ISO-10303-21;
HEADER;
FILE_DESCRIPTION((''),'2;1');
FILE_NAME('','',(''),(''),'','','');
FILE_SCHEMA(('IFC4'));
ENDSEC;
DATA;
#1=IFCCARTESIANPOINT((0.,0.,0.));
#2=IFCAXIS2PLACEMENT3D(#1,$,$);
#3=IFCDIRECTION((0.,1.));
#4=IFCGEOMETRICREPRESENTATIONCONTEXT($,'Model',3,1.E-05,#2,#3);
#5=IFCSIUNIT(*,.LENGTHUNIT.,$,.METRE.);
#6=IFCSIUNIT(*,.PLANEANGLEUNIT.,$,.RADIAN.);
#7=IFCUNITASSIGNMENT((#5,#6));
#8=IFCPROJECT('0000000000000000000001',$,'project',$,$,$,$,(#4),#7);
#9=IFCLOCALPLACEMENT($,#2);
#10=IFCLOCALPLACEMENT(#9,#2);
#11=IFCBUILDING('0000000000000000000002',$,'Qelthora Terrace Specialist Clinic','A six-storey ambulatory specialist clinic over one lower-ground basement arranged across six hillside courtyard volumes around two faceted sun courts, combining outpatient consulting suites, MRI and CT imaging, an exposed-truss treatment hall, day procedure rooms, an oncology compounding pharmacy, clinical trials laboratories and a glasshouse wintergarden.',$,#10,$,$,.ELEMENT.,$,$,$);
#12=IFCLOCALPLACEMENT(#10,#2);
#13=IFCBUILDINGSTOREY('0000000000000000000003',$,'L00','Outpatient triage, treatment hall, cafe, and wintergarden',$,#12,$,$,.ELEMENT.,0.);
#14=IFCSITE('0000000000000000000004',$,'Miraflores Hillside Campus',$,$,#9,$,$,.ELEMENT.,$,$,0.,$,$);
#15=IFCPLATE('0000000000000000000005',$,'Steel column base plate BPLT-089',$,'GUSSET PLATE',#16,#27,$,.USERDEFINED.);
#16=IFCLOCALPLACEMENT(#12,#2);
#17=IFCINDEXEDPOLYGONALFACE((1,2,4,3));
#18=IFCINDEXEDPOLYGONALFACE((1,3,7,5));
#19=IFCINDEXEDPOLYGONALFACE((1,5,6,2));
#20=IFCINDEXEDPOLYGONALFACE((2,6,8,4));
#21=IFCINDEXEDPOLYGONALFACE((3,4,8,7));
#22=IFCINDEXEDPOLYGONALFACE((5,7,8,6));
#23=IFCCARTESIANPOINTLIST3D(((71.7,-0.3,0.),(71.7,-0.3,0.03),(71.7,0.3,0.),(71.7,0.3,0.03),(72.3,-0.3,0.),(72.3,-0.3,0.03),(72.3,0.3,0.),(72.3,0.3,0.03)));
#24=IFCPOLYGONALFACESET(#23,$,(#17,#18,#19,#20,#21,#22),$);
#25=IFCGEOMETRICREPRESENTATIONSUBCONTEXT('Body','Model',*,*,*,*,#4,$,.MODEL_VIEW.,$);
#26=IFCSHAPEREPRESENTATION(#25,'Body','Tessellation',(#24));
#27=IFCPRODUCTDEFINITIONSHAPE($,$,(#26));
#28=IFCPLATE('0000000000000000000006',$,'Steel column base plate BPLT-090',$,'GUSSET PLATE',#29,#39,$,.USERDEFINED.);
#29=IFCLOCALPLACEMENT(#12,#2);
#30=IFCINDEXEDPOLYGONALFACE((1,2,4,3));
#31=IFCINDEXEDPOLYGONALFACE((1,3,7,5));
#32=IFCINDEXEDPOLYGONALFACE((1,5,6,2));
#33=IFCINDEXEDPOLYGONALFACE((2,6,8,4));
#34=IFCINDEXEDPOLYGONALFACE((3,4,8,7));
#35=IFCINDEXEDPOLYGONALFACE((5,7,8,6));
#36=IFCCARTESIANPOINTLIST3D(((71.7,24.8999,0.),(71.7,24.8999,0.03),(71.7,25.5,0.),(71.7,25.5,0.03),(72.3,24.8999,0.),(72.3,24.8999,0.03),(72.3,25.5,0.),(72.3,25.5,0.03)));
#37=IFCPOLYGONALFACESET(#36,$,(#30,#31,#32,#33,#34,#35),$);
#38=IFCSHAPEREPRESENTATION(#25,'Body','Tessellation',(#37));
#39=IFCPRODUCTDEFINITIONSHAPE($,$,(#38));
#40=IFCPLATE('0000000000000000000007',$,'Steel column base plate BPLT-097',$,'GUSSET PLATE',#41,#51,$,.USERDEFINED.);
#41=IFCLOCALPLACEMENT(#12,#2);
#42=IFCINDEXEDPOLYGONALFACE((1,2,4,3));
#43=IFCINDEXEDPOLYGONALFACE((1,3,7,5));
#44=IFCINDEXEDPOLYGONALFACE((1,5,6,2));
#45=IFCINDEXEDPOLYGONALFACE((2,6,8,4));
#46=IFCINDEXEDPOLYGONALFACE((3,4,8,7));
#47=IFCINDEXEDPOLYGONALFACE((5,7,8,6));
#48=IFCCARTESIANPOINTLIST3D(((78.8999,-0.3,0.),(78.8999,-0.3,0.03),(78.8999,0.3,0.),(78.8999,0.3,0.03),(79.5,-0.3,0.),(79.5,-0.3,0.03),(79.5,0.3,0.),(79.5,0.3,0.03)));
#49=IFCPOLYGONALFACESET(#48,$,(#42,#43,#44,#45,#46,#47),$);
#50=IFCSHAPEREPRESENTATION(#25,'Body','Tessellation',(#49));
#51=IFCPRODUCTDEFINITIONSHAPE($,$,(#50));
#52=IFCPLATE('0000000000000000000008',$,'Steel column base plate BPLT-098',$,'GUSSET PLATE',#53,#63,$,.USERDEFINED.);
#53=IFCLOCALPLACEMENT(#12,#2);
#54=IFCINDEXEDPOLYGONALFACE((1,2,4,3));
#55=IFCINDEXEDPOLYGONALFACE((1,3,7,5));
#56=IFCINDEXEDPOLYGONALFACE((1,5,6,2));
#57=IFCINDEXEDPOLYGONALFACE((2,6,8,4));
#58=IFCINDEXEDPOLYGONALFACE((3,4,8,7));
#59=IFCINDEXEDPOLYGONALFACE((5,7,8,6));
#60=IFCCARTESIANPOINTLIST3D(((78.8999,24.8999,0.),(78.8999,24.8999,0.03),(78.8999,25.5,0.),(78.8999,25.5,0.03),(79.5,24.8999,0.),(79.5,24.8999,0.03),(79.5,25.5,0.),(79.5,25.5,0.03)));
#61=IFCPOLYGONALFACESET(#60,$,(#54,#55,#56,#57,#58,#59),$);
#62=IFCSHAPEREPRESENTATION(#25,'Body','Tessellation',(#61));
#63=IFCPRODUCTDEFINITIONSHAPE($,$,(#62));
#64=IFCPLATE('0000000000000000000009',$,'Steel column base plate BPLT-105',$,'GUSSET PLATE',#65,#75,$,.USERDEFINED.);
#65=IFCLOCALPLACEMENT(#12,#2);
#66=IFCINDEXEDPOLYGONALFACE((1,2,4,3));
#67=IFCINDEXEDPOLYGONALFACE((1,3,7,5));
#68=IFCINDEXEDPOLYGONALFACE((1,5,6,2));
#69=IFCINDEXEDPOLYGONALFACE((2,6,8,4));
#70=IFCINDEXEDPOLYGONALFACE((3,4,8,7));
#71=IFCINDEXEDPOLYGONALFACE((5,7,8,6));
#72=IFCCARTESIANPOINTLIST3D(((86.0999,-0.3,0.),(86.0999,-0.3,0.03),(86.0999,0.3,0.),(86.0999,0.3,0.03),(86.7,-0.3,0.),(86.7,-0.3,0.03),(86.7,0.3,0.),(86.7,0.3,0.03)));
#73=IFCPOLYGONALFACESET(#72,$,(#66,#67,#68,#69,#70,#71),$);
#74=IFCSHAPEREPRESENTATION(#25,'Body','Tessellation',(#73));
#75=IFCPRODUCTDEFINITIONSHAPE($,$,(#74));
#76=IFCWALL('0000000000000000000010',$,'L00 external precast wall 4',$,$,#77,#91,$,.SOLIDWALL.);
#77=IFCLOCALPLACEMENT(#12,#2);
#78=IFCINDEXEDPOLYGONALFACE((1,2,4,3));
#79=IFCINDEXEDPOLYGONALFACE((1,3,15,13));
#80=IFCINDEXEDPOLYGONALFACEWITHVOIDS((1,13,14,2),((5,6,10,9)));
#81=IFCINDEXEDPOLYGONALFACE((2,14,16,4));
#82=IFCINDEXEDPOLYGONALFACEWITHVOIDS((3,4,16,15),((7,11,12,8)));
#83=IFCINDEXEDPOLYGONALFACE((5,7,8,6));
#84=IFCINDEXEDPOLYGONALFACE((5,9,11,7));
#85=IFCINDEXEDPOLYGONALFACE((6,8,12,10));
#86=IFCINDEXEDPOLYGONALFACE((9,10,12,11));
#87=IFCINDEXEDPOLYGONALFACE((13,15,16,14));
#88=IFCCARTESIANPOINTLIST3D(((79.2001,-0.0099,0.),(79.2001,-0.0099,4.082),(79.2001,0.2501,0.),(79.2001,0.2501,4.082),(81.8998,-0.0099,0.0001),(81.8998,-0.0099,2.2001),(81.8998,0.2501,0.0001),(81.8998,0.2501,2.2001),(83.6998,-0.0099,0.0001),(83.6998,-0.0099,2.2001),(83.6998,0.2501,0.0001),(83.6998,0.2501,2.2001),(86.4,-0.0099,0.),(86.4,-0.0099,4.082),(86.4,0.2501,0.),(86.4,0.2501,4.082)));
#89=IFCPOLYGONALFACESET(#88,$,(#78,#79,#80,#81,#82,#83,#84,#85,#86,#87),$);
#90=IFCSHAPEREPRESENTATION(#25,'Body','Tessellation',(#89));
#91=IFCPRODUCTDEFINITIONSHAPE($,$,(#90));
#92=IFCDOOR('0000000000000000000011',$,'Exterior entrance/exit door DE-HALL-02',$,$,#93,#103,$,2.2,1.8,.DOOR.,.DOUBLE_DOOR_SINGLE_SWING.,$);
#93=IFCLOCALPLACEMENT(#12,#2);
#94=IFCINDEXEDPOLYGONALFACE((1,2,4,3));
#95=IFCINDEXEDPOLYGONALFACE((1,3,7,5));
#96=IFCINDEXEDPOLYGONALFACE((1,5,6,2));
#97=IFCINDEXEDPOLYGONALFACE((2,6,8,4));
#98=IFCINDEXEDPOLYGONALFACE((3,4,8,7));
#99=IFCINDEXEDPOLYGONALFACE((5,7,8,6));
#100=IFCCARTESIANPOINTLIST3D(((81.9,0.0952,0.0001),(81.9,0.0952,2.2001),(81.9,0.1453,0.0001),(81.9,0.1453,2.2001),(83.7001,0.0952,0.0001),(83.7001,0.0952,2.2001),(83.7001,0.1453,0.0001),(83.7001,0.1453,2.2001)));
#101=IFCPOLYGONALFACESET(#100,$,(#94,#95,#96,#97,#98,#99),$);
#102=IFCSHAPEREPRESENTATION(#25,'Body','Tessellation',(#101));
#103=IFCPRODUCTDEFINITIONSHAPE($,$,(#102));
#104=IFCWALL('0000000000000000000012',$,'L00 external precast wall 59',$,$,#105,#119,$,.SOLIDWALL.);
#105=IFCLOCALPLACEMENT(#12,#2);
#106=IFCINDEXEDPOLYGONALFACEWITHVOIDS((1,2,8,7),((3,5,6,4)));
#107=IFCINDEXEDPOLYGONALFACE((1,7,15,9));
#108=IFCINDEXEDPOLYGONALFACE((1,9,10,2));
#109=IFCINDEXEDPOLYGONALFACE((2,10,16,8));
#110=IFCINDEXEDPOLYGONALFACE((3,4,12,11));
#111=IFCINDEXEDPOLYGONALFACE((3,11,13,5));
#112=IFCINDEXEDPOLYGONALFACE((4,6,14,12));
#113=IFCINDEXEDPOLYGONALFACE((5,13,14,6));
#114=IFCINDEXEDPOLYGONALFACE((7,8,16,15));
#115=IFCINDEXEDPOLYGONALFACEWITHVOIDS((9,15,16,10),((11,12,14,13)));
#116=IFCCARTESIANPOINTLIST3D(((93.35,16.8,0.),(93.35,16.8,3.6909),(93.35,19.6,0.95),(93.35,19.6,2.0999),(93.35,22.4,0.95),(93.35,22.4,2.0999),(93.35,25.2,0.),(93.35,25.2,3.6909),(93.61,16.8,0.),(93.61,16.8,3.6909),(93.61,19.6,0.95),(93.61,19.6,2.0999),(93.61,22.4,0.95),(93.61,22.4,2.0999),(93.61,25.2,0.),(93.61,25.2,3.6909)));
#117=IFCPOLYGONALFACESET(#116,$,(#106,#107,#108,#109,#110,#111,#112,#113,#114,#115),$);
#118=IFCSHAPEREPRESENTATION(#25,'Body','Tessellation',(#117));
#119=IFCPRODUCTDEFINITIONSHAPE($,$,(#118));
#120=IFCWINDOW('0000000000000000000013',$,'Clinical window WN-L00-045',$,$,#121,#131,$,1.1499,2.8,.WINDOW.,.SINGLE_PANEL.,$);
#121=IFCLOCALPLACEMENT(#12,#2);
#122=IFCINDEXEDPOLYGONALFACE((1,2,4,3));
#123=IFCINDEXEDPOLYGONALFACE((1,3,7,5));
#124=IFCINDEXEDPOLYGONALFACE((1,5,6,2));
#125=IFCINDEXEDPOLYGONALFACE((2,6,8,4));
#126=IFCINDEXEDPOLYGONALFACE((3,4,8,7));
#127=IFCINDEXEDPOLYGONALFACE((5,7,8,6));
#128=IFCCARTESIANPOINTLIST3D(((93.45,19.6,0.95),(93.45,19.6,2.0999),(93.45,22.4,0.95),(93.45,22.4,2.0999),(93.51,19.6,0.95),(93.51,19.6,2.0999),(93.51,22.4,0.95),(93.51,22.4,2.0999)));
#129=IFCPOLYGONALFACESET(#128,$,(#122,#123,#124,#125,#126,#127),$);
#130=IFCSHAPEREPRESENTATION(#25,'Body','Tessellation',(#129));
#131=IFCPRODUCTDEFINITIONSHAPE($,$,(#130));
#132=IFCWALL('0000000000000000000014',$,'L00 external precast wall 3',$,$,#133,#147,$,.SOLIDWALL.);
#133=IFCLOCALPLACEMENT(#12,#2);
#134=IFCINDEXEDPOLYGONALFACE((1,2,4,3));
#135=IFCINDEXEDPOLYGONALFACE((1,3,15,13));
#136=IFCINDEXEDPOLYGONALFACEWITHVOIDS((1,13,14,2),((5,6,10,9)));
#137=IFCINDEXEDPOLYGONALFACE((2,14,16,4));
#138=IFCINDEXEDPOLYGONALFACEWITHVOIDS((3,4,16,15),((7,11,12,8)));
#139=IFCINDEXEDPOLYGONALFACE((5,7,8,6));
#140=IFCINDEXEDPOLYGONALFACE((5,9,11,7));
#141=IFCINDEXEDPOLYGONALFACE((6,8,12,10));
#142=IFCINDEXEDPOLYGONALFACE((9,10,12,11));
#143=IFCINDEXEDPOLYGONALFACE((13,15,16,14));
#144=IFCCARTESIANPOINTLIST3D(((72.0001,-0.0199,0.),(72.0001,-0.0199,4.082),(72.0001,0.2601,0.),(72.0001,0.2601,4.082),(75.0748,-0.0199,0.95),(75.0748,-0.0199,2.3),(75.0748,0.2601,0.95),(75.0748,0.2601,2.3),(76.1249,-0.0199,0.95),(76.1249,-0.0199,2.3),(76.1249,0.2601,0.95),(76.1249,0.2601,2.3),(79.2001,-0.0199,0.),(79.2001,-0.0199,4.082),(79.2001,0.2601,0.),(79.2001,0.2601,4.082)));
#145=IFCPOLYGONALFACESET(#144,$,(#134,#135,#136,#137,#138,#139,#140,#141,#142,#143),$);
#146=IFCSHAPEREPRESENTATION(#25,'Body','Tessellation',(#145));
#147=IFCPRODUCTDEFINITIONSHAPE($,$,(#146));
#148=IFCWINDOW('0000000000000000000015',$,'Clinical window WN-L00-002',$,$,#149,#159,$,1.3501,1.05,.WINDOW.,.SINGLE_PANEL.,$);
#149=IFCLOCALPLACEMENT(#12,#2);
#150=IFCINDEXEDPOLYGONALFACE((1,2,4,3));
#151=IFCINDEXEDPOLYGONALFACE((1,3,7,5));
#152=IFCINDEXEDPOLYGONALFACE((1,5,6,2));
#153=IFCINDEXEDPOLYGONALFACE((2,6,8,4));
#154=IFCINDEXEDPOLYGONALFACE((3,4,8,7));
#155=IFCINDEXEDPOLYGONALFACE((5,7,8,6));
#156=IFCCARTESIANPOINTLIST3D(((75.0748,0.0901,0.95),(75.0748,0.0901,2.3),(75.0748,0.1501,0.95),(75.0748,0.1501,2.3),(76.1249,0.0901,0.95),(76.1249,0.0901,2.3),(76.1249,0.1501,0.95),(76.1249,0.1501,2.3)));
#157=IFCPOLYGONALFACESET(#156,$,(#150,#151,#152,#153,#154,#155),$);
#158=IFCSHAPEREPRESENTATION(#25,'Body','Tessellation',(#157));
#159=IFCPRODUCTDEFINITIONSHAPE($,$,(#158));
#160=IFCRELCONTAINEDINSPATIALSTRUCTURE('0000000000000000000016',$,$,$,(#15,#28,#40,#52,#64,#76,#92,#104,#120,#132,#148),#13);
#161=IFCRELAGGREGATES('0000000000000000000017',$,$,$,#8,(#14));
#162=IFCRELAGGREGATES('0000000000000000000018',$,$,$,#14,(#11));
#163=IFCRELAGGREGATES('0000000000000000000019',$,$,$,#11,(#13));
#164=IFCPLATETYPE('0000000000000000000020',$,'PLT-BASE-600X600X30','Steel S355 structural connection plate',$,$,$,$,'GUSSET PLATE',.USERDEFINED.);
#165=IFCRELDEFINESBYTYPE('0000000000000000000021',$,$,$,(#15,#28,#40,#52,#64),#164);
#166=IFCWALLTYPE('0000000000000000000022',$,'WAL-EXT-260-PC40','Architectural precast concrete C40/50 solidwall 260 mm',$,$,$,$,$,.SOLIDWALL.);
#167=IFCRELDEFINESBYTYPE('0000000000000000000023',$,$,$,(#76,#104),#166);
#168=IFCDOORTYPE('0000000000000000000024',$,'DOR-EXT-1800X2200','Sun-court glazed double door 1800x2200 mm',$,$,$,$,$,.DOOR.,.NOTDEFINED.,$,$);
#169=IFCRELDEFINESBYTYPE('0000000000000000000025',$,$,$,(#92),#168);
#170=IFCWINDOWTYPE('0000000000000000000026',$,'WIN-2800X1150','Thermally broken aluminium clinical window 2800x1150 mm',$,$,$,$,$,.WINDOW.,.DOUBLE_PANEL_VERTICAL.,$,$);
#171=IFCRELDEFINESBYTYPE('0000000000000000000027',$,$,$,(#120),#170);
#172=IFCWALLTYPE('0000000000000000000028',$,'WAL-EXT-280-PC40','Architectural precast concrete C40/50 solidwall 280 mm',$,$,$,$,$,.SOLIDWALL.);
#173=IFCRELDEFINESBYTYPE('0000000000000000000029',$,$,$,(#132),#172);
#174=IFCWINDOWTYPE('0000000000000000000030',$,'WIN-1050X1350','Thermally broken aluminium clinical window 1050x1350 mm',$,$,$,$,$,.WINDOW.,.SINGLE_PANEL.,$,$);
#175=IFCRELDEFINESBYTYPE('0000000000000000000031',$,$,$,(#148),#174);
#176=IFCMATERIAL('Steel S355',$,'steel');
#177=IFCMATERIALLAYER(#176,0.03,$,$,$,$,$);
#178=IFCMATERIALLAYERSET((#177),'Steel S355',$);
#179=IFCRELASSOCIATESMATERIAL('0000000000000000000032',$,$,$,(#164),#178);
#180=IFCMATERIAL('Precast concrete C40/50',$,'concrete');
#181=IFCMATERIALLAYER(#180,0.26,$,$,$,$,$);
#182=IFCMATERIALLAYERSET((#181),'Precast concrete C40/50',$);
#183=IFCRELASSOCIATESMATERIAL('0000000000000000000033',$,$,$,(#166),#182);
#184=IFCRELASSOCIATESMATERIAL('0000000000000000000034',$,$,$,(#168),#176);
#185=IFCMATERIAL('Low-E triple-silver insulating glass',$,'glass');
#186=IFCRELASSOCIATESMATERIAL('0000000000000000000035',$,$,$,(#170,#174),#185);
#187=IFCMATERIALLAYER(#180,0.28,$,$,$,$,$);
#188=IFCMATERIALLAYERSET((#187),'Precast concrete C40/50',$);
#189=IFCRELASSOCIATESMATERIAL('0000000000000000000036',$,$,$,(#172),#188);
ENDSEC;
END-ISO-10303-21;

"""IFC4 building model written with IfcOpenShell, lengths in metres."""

from ifc_helpers import new_model, si_unit, direction, frame, frame_2d, origin, origin_2d, place, context, subcontext, project, spatial, rectangle, extrude, material, layer, layer_set, type_object, element, fill, save


model = new_model("IFC4")

# Units and contexts
model_context = context("Model", 3, precision=1e-05, world=origin(), true_north=direction((0.0, 1.0)))
body_context = subcontext(model_context, "Body", "Model", "MODEL_VIEW")
ifc_project = project(units=[si_unit("LENGTHUNIT", "METRE"), si_unit("PLANEANGLEUNIT", "RADIAN")], contexts=[model_context])

# Site, building, storey
site_placement = place(None, origin())
site = spatial("IfcSite", under=ifc_project, at=site_placement, Name="Miraflores Hillside Campus", CompositionType="ELEMENT", RefElevation=0.0)
building_placement = place(site_placement, origin())
building = spatial("IfcBuilding", under=site, at=building_placement, Name="Qelthora Terrace Specialist Clinic", Description="A six-storey ambulatory specialist clinic over one lower-ground basement arranged across six hillside courtyard volumes around two faceted sun courts, combining outpatient consulting suites, MRI and CT imaging, an exposed-truss treatment hall, day procedure rooms, an oncology compounding pharmacy, clinical trials laboratories and a glasshouse wintergarden.", CompositionType="ELEMENT")
storey_placement = place(building_placement, origin())
storey = spatial("IfcBuildingStorey", under=building, at=storey_placement, Name="L00", Description="Outpatient triage, treatment hall, cafe, and wintergarden", CompositionType="ELEMENT", Elevation=0.0)

# Shared definitions
ifc_material_1 = material(Name="Steel S355", Category="steel")

# Plates
ifc_layer_1 = layer(ifc_material_1, 0.03)
ifc_layer_set_1 = layer_set([ifc_layer_1], Name="Steel S355")
plate_type = type_object("IfcPlateType", Name="PLT-BASE-600X600X30", Description="Steel S355 structural connection plate", ElementType="GUSSET PLATE", PredefinedType="USERDEFINED", material=ifc_layer_set_1)
for number, where, z_axis, x_axis, name in (
    (1, (72.0, 0.0, 0.0), (0.0, 0.0, 1.0), (1.0, 0.0, 0.0), "Steel column base plate BPLT-089"),
    (2, (72.0, 25.2, 0.0), (0.0, 0.0, 1.0), (1.0, 0.0, 0.0), "Steel column base plate BPLT-090"),
    (3, (79.2, 0.0, 0.0), (0.0, 0.0, 1.0), (1.0, 0.0, 0.0), "Steel column base plate BPLT-097"),
    (4, (79.2, 25.2, 0.0), (0.0, 0.0, 1.0), (1.0, 0.0, 0.0), "Steel column base plate BPLT-098"),
    (5, (86.3999, 0.0, 0.0), (0.0, 0.0, 1.0), (1.0, 0.0, 0.0), "Steel column base plate BPLT-105"),
):
    element("IfcPlate", number, at=place(storey_placement, frame(where, z_axis=z_axis, x_axis=x_axis)), inside=storey, type_object=plate_type, Name=name, ObjectType="GUSSET PLATE", PredefinedType="USERDEFINED", context=body_context, shape_type="SweptSolid", body=[
        extrude(rectangle(XDim=0.6001, YDim=0.6001, at=origin_2d()), origin(), (0.0, 0.0, 1.0), 0.03),
    ])

# Wall, opening, door
ifc_material_2 = material(Name="Precast concrete C40/50", Category="concrete")
ifc_layer_2 = layer(ifc_material_2, 0.26)
ifc_layer_set_2 = layer_set([ifc_layer_2], Name="Precast concrete C40/50")
wall_type_1 = type_object("IfcWallType", Name="WAL-EXT-260-PC40", Description="Architectural precast concrete C40/50 solidwall 260 mm", PredefinedType="SOLIDWALL", material=ifc_layer_set_2)
wall_1_placement = place(storey_placement, frame((79.2, 0.1201, 0.0), z_axis=(0.0, 0.0, 1.0), x_axis=(1.0, 0.0, 0.0)))
wall_1 = element("IfcWall", 6, at=wall_1_placement, inside=storey, type_object=wall_type_1, Name="L00 external precast wall 4", PredefinedType="SOLIDWALL", context=body_context, shape_type="SweptSolid", body=[
    extrude(rectangle(XDim=7.2, YDim=0.26, at=frame_2d((3.6001, 0.0))), origin(), (0.0, 0.0, 1.0), 4.082),
])
opening_1_placement = place(wall_1_placement, frame((2.7, 0.0, 0.0)))
opening_1 = element("IfcOpeningElement", 7, at=opening_1_placement, cuts=wall_1, PredefinedType="OPENING", context=body_context, shape_type="SweptSolid", body=[
    extrude(rectangle(XDim=1.8, YDim=2.2, at=frame_2d((0.8999, 1.1001))), frame((0.0, 0.1399, 0.0), z_axis=(0.0, -1.0, 0.0), x_axis=(1.0, 0.0, 0.0)), (0.0, 0.0, 1.0), 0.28),
])
door_type = type_object("IfcDoorType", Name="DOR-EXT-1800X2200", Description="Sun-court glazed double door 1800x2200 mm", OperationType="NOTDEFINED", PredefinedType="DOOR", material=ifc_material_1)
door_placement = place(opening_1_placement, frame((1.8, 0.0, 0.0), z_axis=(0.0, 0.0, 1.0), x_axis=(-1.0, 0.0, 0.0)))
door = element("IfcDoor", 8, at=door_placement, inside=storey, type_object=door_type, Name="Exterior entrance/exit door DE-HALL-02", OperationType="DOUBLE_DOOR_SINGLE_SWING", OverallHeight=2.2, OverallWidth=1.8, PredefinedType="DOOR", context=body_context, shape_type="SweptSolid", body=[
    extrude(rectangle(XDim=1.8, YDim=2.2, at=frame_2d((0.8999, 1.1001))), frame((0.0, 0.0249, 0.0), z_axis=(0.0, -1.0, 0.0), x_axis=(1.0, 0.0, 0.0)), (0.0, 0.0, 1.0), 0.05),
])
fill(opening_1, door)

# Walls, openings, windows
wall_2_placement = place(storey_placement, frame((93.48, 16.8, 0.0), z_axis=(0.0, 0.0, 1.0), x_axis=(0.0, 1.0, 0.0)))
wall_2 = element("IfcWall", 9, at=wall_2_placement, inside=storey, type_object=wall_type_1, Name="L00 external precast wall 59", PredefinedType="SOLIDWALL", context=body_context, shape_type="SweptSolid", body=[
    extrude(rectangle(XDim=8.3999, YDim=0.26, at=frame_2d((4.2, 0.0))), origin(), (0.0, 0.0, 1.0), 3.6909),
])
opening_2_placement = place(wall_2_placement, frame((2.8, 0.0, 0.95)))
opening_2 = element("IfcOpeningElement", 10, at=opening_2_placement, cuts=wall_2, PredefinedType="OPENING", context=body_context, shape_type="SweptSolid", body=[
    extrude(rectangle(XDim=2.8, YDim=1.1499, at=frame_2d((1.3999, 0.575))), frame((0.0, 0.1399, 0.0), z_axis=(0.0, -1.0, 0.0), x_axis=(1.0, 0.0, 0.0)), (0.0, 0.0, 1.0), 0.28),
])
ifc_material_3 = material(Name="Low-E triple-silver insulating glass", Category="glass")
window_type_1 = type_object("IfcWindowType", Name="WIN-2800X1150", Description="Thermally broken aluminium clinical window 2800x1150 mm", PartitioningType="DOUBLE_PANEL_VERTICAL", PredefinedType="WINDOW", material=ifc_material_3)
window_1_placement = place(opening_2_placement, origin())
window_1 = element("IfcWindow", 11, at=window_1_placement, inside=storey, type_object=window_type_1, Name="Clinical window WN-L00-045", OverallHeight=1.1499, OverallWidth=2.8, PartitioningType="SINGLE_PANEL", PredefinedType="WINDOW", context=body_context, shape_type="SweptSolid", body=[
    extrude(rectangle(XDim=2.8, YDim=1.1499, at=frame_2d((1.3999, 0.575))), frame((0.0, 0.03, 0.0), z_axis=(0.0, -1.0, 0.0), x_axis=(1.0, 0.0, 0.0)), (0.0, 0.0, 1.0), 0.0601),
])
fill(opening_2, window_1)
ifc_layer_3 = layer(ifc_material_2, 0.28)
ifc_layer_set_3 = layer_set([ifc_layer_3], Name="Precast concrete C40/50")
wall_type_2 = type_object("IfcWallType", Name="WAL-EXT-280-PC40", Description="Architectural precast concrete C40/50 solidwall 280 mm", PredefinedType="SOLIDWALL", material=ifc_layer_set_3)
wall_3_placement = place(storey_placement, frame((72.0, 0.1201, 0.0), z_axis=(0.0, 0.0, 1.0), x_axis=(1.0, 0.0, 0.0)))
wall_3 = element("IfcWall", 12, at=wall_3_placement, inside=storey, type_object=wall_type_2, Name="L00 external precast wall 3", PredefinedType="SOLIDWALL", context=body_context, shape_type="SweptSolid", body=[
    extrude(rectangle(XDim=7.2, YDim=0.28, at=frame_2d((3.6001, 0.0))), origin(), (0.0, 0.0, 1.0), 4.082),
])
opening_3_placement = place(wall_3_placement, frame((3.075, 0.0, 0.95)))
opening_3 = element("IfcOpeningElement", 13, at=opening_3_placement, cuts=wall_3, PredefinedType="OPENING", context=body_context, shape_type="SweptSolid", body=[
    extrude(rectangle(XDim=1.05, YDim=1.3501, at=frame_2d((0.5249, 0.675))), frame((0.0, 0.1499, 0.0), z_axis=(0.0, -1.0, 0.0), x_axis=(1.0, 0.0, 0.0)), (0.0, 0.0, 1.0), 0.3),
])
window_type_2 = type_object("IfcWindowType", Name="WIN-1050X1350", Description="Thermally broken aluminium clinical window 1050x1350 mm", PartitioningType="SINGLE_PANEL", PredefinedType="WINDOW", material=ifc_material_3)
window_2_placement = place(opening_3_placement, origin())
window_2 = element("IfcWindow", 14, at=window_2_placement, inside=storey, type_object=window_type_2, Name="Clinical window WN-L00-002", OverallHeight=1.3501, OverallWidth=1.05, PartitioningType="SINGLE_PANEL", PredefinedType="WINDOW", context=body_context, shape_type="SweptSolid", body=[
    extrude(rectangle(XDim=1.05, YDim=1.3501, at=frame_2d((0.5249, 0.675))), frame((0.0, 0.03, 0.0), z_axis=(0.0, -1.0, 0.0), x_axis=(1.0, 0.0, 0.0)), (0.0, 0.0, 1.0), 0.0601),
])
fill(opening_3, window_2)

save(model, "model.ifc")
